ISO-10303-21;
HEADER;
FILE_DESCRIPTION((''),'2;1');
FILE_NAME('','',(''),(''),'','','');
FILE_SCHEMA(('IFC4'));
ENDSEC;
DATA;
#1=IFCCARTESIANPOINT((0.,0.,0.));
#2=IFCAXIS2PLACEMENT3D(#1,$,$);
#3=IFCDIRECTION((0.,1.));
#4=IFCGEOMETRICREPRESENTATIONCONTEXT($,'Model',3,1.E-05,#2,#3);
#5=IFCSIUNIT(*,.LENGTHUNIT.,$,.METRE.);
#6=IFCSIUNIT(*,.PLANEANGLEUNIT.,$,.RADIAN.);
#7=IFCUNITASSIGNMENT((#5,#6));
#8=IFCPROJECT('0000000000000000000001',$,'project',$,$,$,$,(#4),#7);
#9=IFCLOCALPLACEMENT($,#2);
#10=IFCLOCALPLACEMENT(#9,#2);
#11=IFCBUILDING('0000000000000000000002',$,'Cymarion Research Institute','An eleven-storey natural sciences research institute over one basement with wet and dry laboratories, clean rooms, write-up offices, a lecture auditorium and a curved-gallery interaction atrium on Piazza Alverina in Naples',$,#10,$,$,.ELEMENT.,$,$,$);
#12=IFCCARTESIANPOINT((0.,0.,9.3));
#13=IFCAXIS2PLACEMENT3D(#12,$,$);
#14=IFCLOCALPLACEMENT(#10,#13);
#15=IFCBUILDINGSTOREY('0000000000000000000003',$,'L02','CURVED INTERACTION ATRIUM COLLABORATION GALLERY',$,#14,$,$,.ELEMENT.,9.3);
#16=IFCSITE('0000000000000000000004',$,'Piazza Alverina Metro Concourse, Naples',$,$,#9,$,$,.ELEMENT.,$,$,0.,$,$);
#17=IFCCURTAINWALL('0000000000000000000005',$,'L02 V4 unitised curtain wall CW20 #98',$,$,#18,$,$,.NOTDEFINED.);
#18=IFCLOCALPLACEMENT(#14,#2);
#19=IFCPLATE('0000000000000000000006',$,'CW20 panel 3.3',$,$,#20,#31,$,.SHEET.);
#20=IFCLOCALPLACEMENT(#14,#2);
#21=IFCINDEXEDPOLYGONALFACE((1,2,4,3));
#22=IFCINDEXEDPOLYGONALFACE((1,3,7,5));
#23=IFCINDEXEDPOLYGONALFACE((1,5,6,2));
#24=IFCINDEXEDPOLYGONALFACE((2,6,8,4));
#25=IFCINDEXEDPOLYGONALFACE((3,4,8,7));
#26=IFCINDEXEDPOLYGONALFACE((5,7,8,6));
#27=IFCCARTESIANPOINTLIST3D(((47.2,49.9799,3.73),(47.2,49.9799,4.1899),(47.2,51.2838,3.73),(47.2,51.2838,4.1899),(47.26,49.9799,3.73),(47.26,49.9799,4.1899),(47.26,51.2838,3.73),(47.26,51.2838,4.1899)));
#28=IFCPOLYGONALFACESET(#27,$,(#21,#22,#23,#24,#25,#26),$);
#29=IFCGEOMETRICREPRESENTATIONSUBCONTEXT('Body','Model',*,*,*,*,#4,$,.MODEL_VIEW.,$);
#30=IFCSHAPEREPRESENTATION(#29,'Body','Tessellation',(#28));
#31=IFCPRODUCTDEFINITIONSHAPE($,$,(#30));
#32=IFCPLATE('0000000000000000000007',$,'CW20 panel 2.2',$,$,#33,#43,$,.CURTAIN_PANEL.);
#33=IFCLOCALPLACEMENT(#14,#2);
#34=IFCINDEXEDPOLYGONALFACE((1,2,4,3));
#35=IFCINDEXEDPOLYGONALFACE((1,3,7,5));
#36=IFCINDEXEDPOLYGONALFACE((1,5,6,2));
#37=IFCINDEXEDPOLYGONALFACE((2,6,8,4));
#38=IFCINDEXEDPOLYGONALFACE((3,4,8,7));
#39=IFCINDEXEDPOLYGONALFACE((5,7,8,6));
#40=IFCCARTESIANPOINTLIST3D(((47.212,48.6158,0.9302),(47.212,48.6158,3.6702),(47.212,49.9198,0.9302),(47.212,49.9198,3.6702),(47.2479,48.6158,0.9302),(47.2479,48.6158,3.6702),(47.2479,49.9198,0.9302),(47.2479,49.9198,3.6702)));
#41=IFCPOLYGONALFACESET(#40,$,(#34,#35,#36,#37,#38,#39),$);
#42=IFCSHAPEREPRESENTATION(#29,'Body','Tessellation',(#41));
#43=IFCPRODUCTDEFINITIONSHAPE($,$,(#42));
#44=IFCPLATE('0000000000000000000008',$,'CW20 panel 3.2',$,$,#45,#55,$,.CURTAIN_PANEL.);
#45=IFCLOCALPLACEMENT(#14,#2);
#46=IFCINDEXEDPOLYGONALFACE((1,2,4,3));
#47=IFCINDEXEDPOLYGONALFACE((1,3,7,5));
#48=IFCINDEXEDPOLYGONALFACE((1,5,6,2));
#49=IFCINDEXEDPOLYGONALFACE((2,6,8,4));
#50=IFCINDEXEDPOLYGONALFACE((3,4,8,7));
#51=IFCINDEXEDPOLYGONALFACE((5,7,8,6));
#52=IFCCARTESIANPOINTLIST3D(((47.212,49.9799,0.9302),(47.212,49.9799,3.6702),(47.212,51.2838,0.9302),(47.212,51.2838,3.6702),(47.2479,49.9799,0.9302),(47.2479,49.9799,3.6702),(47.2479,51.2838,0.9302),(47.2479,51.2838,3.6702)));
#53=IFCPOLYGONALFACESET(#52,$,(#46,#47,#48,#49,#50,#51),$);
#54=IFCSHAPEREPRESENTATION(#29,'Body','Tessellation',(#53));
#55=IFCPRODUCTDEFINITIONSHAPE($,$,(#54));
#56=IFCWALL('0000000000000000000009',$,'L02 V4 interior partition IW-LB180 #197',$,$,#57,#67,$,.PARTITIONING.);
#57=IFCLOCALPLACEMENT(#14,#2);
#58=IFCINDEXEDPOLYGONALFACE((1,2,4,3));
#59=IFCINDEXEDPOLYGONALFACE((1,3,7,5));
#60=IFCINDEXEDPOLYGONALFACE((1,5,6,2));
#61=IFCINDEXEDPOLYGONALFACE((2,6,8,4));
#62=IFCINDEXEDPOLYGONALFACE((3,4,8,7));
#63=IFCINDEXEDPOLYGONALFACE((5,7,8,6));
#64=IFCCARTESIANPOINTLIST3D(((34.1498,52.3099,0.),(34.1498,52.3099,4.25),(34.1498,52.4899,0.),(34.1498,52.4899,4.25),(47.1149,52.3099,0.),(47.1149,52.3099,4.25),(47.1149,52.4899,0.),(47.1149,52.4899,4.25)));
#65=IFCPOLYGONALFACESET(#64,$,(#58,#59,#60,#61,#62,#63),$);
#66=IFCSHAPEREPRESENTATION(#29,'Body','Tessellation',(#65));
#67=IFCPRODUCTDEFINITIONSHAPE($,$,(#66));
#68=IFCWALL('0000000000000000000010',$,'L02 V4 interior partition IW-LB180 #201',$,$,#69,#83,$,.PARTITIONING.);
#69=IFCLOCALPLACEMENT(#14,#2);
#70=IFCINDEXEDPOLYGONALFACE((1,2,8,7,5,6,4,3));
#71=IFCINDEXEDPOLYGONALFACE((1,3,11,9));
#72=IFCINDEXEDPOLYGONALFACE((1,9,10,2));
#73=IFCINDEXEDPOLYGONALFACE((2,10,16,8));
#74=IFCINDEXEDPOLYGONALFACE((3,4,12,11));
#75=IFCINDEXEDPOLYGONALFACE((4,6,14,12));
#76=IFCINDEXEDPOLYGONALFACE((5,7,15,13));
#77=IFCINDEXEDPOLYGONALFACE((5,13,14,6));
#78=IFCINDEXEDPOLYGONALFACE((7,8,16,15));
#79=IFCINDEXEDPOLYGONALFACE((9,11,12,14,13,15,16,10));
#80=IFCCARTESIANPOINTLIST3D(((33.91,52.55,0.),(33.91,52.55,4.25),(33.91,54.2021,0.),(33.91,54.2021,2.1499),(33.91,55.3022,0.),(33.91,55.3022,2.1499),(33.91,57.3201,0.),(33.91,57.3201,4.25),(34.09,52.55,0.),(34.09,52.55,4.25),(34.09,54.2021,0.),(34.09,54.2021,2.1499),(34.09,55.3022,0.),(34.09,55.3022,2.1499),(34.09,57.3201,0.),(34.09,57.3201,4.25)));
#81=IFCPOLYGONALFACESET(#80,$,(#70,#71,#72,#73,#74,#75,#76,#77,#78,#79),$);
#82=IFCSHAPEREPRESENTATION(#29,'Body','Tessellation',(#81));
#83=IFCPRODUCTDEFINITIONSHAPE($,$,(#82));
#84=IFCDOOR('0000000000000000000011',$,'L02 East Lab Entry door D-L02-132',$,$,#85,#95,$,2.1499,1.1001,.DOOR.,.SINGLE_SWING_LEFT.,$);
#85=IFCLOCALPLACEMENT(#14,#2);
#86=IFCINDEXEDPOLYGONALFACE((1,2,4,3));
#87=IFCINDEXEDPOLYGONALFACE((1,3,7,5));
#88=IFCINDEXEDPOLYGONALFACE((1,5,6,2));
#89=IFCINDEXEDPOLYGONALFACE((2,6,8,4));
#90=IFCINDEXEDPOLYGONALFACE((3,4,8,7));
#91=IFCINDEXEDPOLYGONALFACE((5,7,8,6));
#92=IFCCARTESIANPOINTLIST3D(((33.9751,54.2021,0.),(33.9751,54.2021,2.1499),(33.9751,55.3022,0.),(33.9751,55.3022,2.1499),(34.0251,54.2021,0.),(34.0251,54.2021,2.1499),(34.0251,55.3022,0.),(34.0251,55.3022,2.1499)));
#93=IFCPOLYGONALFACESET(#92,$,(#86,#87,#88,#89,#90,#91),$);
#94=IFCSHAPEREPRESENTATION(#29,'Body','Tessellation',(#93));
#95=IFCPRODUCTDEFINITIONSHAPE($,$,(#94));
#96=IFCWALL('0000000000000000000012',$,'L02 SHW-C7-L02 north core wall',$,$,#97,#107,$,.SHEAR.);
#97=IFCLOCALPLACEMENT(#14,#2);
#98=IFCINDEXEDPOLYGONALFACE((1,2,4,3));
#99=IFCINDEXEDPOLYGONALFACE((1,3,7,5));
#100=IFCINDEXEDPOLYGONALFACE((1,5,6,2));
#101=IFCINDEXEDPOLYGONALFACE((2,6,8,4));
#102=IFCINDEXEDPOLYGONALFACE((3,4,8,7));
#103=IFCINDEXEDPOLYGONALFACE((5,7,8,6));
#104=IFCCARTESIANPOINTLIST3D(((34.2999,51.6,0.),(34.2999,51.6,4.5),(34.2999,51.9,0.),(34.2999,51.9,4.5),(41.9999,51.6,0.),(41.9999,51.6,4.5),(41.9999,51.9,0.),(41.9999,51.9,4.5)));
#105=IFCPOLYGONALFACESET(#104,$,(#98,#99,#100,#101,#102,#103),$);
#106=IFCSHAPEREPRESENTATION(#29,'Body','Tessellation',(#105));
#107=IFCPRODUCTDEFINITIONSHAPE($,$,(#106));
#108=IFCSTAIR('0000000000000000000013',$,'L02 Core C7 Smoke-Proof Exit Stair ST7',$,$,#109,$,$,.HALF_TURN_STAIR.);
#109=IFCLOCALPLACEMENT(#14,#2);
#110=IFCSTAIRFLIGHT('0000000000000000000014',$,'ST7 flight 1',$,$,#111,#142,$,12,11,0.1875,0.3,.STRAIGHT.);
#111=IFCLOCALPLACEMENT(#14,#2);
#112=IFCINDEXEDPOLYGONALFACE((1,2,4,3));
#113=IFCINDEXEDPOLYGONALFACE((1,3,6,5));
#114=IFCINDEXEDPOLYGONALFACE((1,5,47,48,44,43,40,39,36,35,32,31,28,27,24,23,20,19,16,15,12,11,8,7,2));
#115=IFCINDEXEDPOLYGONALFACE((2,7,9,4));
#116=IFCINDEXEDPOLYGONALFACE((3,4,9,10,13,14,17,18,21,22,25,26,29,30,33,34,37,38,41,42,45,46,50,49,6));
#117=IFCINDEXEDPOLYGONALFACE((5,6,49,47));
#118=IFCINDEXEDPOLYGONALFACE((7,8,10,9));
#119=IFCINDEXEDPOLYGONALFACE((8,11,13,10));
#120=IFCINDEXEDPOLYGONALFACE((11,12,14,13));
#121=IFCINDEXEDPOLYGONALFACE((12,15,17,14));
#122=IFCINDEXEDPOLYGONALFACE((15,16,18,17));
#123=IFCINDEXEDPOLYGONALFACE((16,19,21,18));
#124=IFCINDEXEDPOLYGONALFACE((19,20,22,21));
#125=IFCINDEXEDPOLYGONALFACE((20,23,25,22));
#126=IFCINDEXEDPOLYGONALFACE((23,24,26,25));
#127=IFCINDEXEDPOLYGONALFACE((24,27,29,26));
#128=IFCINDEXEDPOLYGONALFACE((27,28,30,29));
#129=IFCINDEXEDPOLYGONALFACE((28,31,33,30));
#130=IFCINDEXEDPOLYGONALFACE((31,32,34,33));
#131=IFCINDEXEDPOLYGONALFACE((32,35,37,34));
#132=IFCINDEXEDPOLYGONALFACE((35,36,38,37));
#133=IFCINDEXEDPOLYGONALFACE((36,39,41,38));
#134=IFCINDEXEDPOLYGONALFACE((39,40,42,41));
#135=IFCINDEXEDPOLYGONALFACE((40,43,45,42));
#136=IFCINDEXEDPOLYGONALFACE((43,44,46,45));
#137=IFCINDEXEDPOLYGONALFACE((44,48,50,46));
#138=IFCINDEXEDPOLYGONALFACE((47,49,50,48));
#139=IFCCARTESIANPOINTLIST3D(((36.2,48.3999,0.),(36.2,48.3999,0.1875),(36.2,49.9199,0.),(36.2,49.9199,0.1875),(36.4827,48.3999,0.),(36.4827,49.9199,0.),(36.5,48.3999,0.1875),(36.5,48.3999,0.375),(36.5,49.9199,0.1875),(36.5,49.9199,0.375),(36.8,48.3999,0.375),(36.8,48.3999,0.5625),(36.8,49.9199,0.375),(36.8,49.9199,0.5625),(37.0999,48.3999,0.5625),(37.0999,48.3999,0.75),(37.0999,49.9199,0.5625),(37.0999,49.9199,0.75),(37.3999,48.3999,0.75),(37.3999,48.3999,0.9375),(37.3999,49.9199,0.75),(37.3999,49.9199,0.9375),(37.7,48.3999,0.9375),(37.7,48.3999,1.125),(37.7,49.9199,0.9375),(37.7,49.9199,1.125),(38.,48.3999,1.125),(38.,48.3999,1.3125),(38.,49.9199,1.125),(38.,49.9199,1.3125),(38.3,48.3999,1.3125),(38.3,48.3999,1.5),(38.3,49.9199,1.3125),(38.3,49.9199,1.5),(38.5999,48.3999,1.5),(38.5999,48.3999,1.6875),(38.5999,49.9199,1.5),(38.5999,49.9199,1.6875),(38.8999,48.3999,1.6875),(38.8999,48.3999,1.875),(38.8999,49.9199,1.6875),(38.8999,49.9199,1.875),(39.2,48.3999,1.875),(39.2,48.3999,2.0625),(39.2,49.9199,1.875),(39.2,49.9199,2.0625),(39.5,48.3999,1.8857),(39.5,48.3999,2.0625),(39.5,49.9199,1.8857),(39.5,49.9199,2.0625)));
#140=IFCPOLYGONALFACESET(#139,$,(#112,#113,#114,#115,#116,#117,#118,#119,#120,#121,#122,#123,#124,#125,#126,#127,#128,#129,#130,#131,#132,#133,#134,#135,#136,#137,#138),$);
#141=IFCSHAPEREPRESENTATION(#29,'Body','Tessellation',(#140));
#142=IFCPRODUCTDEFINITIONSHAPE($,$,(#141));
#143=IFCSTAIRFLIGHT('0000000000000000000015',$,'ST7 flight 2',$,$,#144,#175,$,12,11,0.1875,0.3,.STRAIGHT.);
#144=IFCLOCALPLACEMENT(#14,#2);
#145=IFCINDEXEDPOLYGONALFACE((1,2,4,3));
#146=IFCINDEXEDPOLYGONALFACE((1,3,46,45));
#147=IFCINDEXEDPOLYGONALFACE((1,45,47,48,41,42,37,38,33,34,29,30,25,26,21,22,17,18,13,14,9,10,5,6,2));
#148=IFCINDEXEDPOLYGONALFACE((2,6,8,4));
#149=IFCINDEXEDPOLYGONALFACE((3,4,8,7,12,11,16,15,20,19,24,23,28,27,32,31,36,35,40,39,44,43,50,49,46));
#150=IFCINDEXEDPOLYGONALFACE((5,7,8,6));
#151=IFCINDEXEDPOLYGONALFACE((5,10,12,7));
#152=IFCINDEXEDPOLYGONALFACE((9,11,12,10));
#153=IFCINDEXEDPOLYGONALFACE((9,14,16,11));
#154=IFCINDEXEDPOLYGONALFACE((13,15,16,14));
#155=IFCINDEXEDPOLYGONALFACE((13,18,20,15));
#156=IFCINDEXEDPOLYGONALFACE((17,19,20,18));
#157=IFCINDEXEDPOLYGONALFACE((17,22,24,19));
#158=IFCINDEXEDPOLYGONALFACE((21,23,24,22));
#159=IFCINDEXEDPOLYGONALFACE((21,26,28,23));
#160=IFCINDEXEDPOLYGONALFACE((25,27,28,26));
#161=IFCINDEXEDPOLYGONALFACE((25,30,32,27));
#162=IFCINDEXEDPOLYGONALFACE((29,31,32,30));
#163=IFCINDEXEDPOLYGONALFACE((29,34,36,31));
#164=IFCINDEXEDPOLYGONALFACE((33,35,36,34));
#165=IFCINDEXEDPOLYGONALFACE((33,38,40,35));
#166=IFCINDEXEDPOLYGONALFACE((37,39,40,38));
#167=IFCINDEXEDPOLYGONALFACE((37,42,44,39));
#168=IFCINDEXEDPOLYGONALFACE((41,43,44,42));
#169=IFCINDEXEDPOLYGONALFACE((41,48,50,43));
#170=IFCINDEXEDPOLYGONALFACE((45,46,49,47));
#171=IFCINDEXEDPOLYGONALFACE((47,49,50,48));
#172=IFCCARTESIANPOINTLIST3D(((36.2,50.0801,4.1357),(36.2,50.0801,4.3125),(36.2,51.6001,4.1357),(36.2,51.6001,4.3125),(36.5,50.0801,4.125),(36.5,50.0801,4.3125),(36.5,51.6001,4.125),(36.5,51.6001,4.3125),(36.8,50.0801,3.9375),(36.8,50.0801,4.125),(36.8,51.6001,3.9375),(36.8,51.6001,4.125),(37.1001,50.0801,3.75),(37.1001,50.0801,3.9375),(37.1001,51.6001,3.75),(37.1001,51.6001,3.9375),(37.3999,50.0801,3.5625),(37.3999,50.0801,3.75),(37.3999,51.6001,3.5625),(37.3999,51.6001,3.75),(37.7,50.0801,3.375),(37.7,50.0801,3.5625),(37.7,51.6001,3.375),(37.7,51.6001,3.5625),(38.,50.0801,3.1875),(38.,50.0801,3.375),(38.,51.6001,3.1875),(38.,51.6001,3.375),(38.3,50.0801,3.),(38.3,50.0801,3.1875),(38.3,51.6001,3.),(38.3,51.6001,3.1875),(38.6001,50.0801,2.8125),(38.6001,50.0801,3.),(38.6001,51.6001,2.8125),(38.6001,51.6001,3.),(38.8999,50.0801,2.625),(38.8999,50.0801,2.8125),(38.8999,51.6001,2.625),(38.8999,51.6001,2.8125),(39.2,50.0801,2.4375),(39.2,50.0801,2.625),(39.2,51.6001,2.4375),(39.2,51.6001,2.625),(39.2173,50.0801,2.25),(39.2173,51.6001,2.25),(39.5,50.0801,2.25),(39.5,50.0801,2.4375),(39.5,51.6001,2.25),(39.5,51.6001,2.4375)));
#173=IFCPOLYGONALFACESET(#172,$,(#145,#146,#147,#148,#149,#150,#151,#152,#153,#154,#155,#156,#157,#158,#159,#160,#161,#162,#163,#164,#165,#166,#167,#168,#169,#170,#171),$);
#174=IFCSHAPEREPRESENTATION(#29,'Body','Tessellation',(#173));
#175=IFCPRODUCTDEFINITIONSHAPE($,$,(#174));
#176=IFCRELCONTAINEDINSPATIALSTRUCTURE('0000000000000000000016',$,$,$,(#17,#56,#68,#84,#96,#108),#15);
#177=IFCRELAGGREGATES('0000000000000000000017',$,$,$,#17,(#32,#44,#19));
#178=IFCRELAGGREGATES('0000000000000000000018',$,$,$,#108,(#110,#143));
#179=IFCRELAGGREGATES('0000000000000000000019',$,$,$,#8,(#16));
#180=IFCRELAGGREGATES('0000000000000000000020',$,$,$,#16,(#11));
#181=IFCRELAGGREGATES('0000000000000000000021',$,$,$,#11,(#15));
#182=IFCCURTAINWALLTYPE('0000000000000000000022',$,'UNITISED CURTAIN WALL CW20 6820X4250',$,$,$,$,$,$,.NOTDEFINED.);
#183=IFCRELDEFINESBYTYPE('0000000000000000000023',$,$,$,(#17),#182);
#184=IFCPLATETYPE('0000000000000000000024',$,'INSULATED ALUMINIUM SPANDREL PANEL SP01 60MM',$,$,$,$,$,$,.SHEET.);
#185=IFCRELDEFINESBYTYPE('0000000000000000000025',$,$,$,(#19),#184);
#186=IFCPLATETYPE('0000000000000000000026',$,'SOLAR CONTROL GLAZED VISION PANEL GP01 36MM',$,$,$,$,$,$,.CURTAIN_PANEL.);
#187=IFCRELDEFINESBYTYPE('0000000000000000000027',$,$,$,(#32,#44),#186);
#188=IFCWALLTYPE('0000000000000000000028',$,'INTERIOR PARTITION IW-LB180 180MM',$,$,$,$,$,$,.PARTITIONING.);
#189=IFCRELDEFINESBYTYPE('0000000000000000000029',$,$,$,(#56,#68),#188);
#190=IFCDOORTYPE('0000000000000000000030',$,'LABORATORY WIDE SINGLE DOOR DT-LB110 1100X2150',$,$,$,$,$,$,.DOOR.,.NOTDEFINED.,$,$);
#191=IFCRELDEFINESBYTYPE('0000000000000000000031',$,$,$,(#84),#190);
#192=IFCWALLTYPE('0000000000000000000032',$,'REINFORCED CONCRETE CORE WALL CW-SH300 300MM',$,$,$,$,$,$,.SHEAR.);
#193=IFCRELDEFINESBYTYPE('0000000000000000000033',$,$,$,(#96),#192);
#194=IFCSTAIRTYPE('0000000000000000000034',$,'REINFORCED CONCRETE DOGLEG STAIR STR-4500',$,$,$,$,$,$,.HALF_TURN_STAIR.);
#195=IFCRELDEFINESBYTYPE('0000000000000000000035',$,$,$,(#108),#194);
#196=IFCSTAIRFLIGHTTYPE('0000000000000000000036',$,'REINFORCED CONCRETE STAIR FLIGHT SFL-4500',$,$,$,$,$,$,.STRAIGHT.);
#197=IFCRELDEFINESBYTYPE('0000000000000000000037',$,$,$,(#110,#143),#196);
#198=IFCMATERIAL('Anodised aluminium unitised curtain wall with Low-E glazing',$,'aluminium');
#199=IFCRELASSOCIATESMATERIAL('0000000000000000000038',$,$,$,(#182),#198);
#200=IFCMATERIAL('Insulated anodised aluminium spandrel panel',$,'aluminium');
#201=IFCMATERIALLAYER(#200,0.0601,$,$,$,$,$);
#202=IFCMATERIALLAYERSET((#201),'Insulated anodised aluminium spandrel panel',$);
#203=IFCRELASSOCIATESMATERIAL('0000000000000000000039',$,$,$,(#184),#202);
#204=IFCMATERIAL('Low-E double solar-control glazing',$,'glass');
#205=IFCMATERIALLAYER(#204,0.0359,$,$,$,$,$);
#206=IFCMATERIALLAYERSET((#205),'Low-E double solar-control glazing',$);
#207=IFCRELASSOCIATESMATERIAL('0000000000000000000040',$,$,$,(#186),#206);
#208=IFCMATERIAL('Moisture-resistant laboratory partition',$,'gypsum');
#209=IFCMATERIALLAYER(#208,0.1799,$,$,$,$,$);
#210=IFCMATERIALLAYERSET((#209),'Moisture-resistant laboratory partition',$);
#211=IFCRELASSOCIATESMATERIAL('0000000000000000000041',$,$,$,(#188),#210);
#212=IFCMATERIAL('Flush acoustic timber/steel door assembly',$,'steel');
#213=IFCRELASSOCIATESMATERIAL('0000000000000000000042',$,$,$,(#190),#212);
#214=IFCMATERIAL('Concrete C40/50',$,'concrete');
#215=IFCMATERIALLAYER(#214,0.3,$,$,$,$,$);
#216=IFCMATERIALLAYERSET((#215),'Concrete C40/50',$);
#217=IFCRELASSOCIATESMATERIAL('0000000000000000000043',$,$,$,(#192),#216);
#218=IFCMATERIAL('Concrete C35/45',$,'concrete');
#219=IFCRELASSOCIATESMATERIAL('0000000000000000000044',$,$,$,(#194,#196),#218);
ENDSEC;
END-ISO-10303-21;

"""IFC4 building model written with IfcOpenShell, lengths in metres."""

from ifc_helpers import new_model, si_unit, direction, frame, frame_2d, origin, origin_2d, place, context, subcontext, project, spatial, polyline, rectangle, outline, extrude, material, layer, layer_set, type_object, element, fill, aggregate, save


model = new_model("IFC4")

# Units and contexts
model_context = context("Model", 3, precision=1e-05, world=origin(), true_north=direction((0.0, 1.0)))
body_context = subcontext(model_context, "Body", "Model", "MODEL_VIEW")
ifc_project = project(units=[si_unit("LENGTHUNIT", "METRE"), si_unit("PLANEANGLEUNIT", "RADIAN")], contexts=[model_context])

# Site, building, storey
site_placement = place(None, origin())
site = spatial("IfcSite", under=ifc_project, at=site_placement, Name="Piazza Alverina Metro Concourse, Naples", CompositionType="ELEMENT", RefElevation=0.0)
building_placement = place(site_placement, origin())
building = spatial("IfcBuilding", under=site, at=building_placement, Name="Cymarion Research Institute", Description="An eleven-storey natural sciences research institute over one basement with wet and dry laboratories, clean rooms, write-up offices, a lecture auditorium and a curved-gallery interaction atrium on Piazza Alverina in Naples", CompositionType="ELEMENT")
storey_placement = place(building_placement, frame((0.0, 0.0, 9.3)))
storey = spatial("IfcBuildingStorey", under=building, at=storey_placement, Name="L02", Description="CURVED INTERACTION ATRIUM COLLABORATION GALLERY", CompositionType="ELEMENT", Elevation=9.3)

# Curtain wall, plates
ifc_material_1 = material(Name="Anodised aluminium unitised curtain wall with Low-E glazing", Category="aluminium")
curtain_wall_type = type_object("IfcCurtainWallType", Name="UNITISED CURTAIN WALL CW20 6820X4250", PredefinedType="NOTDEFINED", material=ifc_material_1)
curtain_wall_placement = place(storey_placement, origin())
curtain_wall = element("IfcCurtainWall", 1, at=curtain_wall_placement, inside=storey, type_object=curtain_wall_type, Name="L02 V4 unitised curtain wall CW20 #98", PredefinedType="NOTDEFINED")
ifc_material_2 = material(Name="Insulated anodised aluminium spandrel panel", Category="aluminium")
ifc_layer_1 = layer(ifc_material_2, 0.0601)
ifc_layer_set_1 = layer_set([ifc_layer_1], Name="Insulated anodised aluminium spandrel panel")
plate_type_1 = type_object("IfcPlateType", Name="INSULATED ALUMINIUM SPANDREL PANEL SP01 60MM", PredefinedType="SHEET", material=ifc_layer_set_1)
plate_1_placement = place(storey_placement, frame((47.23, 50.6318, 3.73), z_axis=(0.0, 0.0, 1.0), x_axis=(0.0, 1.0, 0.0)))
plate_1 = element("IfcPlate", 2, at=plate_1_placement, type_object=plate_type_1, Name="CW20 panel 3.3", PredefinedType="SHEET", context=body_context, shape_type="SweptSolid", body=[
    extrude(rectangle(XDim=1.304, YDim=0.0601, at=origin_2d()), origin(), (0.0, 0.0, 1.0), 0.46),
])
ifc_material_3 = material(Name="Low-E double solar-control glazing", Category="glass")
ifc_layer_2 = layer(ifc_material_3, 0.0359)
ifc_layer_set_2 = layer_set([ifc_layer_2], Name="Low-E double solar-control glazing")
plate_type_2 = type_object("IfcPlateType", Name="SOLAR CONTROL GLAZED VISION PANEL GP01 36MM", PredefinedType="CURTAIN_PANEL", material=ifc_layer_set_2)
plate_2_placement = place(storey_placement, frame((47.23, 49.2678, 0.9302), z_axis=(0.0, 0.0, 1.0), x_axis=(0.0, 1.0, 0.0)))
plate_2 = element("IfcPlate", 3, at=plate_2_placement, type_object=plate_type_2, Name="CW20 panel 2.2", PredefinedType="CURTAIN_PANEL", context=body_context, shape_type="SweptSolid", body=[
    extrude(rectangle(XDim=1.304, YDim=0.0359, at=origin_2d()), origin(), (0.0, 0.0, 1.0), 2.74),
])
plate_3_placement = place(storey_placement, frame((47.23, 50.6318, 0.9302), z_axis=(0.0, 0.0, 1.0), x_axis=(0.0, 1.0, 0.0)))
plate_3 = element("IfcPlate", 4, at=plate_3_placement, type_object=plate_type_2, Name="CW20 panel 3.2", PredefinedType="CURTAIN_PANEL", context=body_context, shape_type="SweptSolid", body=[
    extrude(rectangle(XDim=1.304, YDim=0.0359, at=origin_2d()), origin(), (0.0, 0.0, 1.0), 2.74),
])
aggregate(curtain_wall, [plate_2, plate_3, plate_1])

# Wall
ifc_material_4 = material(Name="Moisture-resistant laboratory partition", Category="gypsum")
ifc_layer_3 = layer(ifc_material_4, 0.1799)
ifc_layer_set_3 = layer_set([ifc_layer_3], Name="Moisture-resistant laboratory partition")
wall_type_1 = type_object("IfcWallType", Name="INTERIOR PARTITION IW-LB180 180MM", PredefinedType="PARTITIONING", material=ifc_layer_set_3)
wall_1_placement = place(storey_placement, frame((34.1499, 52.3999, 0.0), z_axis=(0.0, 0.0, 1.0), x_axis=(1.0, 0.0, 0.0)))
element("IfcWall", 5, at=wall_1_placement, inside=storey, type_object=wall_type_1, Name="L02 V4 interior partition IW-LB180 #197", PredefinedType="PARTITIONING", context=body_context, shape_type="SweptSolid", body=[
    extrude(rectangle(XDim=12.9651, YDim=0.1799, at=frame_2d((6.4824, 0.0))), origin(), (0.0, 0.0, 1.0), 4.25),
])

# Wall, opening, door
wall_2_placement = place(storey_placement, frame((34.0, 52.55, 0.0), z_axis=(0.0, 0.0, 1.0), x_axis=(0.0, 1.0, 0.0)))
wall_2 = element("IfcWall", 6, at=wall_2_placement, inside=storey, type_object=wall_type_1, Name="L02 V4 interior partition IW-LB180 #201", PredefinedType="PARTITIONING", context=body_context, shape_type="SweptSolid", body=[
    extrude(rectangle(XDim=4.77, YDim=0.1799, at=frame_2d((2.385, 0.0))), origin(), (0.0, 0.0, 1.0), 4.25),
])
opening_1_placement = place(wall_2_placement, frame((1.6521, 0.0, 0.0)))
opening_1 = element("IfcOpeningElement", 7, at=opening_1_placement, cuts=wall_2, PredefinedType="OPENING", context=body_context, shape_type="SweptSolid", body=[
    extrude(rectangle(XDim=1.1001, YDim=2.1499, at=frame_2d((0.55, 1.075))), frame((0.0, 0.0999, 0.0), z_axis=(0.0, -1.0, 0.0), x_axis=(1.0, 0.0, 0.0)), (0.0, 0.0, 1.0), 0.2),
])
ifc_material_5 = material(Name="Flush acoustic timber/steel door assembly", Category="steel")
door_type_1 = type_object("IfcDoorType", Name="LABORATORY WIDE SINGLE DOOR DT-LB110 1100X2150", OperationType="NOTDEFINED", PredefinedType="DOOR", material=ifc_material_5)
door_1_placement = place(opening_1_placement, origin())
door_1 = element("IfcDoor", 8, at=door_1_placement, inside=storey, type_object=door_type_1, Name="L02 East Lab Entry door D-L02-132", OperationType="SINGLE_SWING_LEFT", OverallHeight=2.1499, OverallWidth=1.1001, PredefinedType="DOOR", context=body_context, shape_type="SweptSolid", body=[
    extrude(rectangle(XDim=1.1001, YDim=2.1499, at=frame_2d((0.55, 1.075))), frame((0.0, 0.0249, 0.0), z_axis=(0.0, -1.0, 0.0), x_axis=(1.0, 0.0, 0.0)), (0.0, 0.0, 1.0), 0.05),
])
fill(opening_1, door_1)

# Wall
ifc_material_6 = material(Name="Concrete C40/50", Category="concrete")
ifc_layer_4 = layer(ifc_material_6, 0.3)
ifc_layer_set_4 = layer_set([ifc_layer_4], Name="Concrete C40/50")
wall_type_2 = type_object("IfcWallType", Name="REINFORCED CONCRETE CORE WALL CW-SH300 300MM", PredefinedType="SHEAR", material=ifc_layer_set_4)
wall_3_placement = place(storey_placement, frame((42.0, 51.75, 0.0), z_axis=(0.0, 0.0, 1.0), x_axis=(-1.0, 0.0, 0.0)))
element("IfcWall", 9, at=wall_3_placement, inside=storey, type_object=wall_type_2, Name="L02 SHW-C7-L02 north core wall", PredefinedType="SHEAR", context=body_context, shape_type="SweptSolid", body=[
    extrude(rectangle(XDim=7.7, YDim=0.3, at=frame_2d((3.8501, 0.0))), origin(), (0.0, 0.0, 1.0), 4.5),
])

# Stair, stair flights
ifc_material_7 = material(Name="Concrete C35/45", Category="concrete")
stair_type = type_object("IfcStairType", Name="REINFORCED CONCRETE DOGLEG STAIR STR-4500", PredefinedType="HALF_TURN_STAIR", material=ifc_material_7)
stair_placement = place(storey_placement, origin())
stair = element("IfcStair", 10, at=stair_placement, inside=storey, type_object=stair_type, Name="L02 Core C7 Smoke-Proof Exit Stair ST7", PredefinedType="HALF_TURN_STAIR")
stair_flight_type = type_object("IfcStairFlightType", Name="REINFORCED CONCRETE STAIR FLIGHT SFL-4500", PredefinedType="STRAIGHT", material=ifc_material_7)
stair_flight_1_placement = place(storey_placement, frame((36.2, 49.1599, 0.0), z_axis=(0.0, 0.0, 1.0), x_axis=(1.0, 0.0, 0.0)))
stair_flight_1 = element("IfcStairFlight", 11, at=stair_flight_1_placement, type_object=stair_flight_type, Name="ST7 flight 1", NumberOfRisers=12, NumberOfTreads=11, PredefinedType="STRAIGHT", RiserHeight=0.1875, TreadLength=0.3, context=body_context, shape_type="SweptSolid", body=[
    extrude(outline(polyline([(0.0, 0.0), (0.0, 0.1875), (0.3, 0.1875), (0.3, 0.375), (0.6001, 0.375), (0.6001, 0.5625), (0.8999, 0.5625), (0.8999, 0.75), (1.2, 0.75), (1.2, 0.9375), (1.5, 0.9375), (1.5, 1.125), (1.8, 1.125), (1.8, 1.3125), (2.1001, 1.3125), (2.1001, 1.5), (2.3999, 1.5), (2.3999, 1.6875), (2.7, 1.6875), (2.7, 1.875), (3.0, 1.875), (3.0, 2.0625), (3.3, 2.0625), (3.3, 2.25), (3.3, 1.8857), (0.2827, 0.0), (0.0, 0.0)])), frame((0.0, 0.76, 0.0), z_axis=(0.0, -1.0, 0.0), x_axis=(1.0, 0.0, 0.0)), (0.0, 0.0, 1.0), 1.52),
])
stair_flight_2_placement = place(storey_placement, frame((39.5, 50.8401, 2.25), z_axis=(0.0, 0.0, 1.0), x_axis=(-1.0, 0.0, 0.0)))
stair_flight_2 = element("IfcStairFlight", 12, at=stair_flight_2_placement, type_object=stair_flight_type, Name="ST7 flight 2", NumberOfRisers=12, NumberOfTreads=11, PredefinedType="STRAIGHT", RiserHeight=0.1875, TreadLength=0.3, context=body_context, shape_type="SweptSolid", body=[
    extrude(outline(polyline([(0.0, 0.0), (0.0, 0.1875), (0.3, 0.1875), (0.3, 0.375), (0.6001, 0.375), (0.6001, 0.5625), (0.8999, 0.5625), (0.8999, 0.75), (1.2, 0.75), (1.2, 0.9375), (1.5, 0.9375), (1.5, 1.125), (1.8, 1.125), (1.8, 1.3125), (2.1001, 1.3125), (2.1001, 1.5), (2.3999, 1.5), (2.3999, 1.6875), (2.7, 1.6875), (2.7, 1.875), (3.0, 1.875), (3.0, 2.0625), (3.3, 2.0625), (3.3, 2.25), (3.3, 1.8857), (0.2827, 0.0), (0.0, 0.0)])), frame((0.0, 0.76, 0.0), z_axis=(0.0, -1.0, 0.0), x_axis=(1.0, 0.0, 0.0)), (0.0, 0.0, 1.0), 1.52),
])
aggregate(stair, [stair_flight_1, stair_flight_2])

save(model, "model.ifc")
